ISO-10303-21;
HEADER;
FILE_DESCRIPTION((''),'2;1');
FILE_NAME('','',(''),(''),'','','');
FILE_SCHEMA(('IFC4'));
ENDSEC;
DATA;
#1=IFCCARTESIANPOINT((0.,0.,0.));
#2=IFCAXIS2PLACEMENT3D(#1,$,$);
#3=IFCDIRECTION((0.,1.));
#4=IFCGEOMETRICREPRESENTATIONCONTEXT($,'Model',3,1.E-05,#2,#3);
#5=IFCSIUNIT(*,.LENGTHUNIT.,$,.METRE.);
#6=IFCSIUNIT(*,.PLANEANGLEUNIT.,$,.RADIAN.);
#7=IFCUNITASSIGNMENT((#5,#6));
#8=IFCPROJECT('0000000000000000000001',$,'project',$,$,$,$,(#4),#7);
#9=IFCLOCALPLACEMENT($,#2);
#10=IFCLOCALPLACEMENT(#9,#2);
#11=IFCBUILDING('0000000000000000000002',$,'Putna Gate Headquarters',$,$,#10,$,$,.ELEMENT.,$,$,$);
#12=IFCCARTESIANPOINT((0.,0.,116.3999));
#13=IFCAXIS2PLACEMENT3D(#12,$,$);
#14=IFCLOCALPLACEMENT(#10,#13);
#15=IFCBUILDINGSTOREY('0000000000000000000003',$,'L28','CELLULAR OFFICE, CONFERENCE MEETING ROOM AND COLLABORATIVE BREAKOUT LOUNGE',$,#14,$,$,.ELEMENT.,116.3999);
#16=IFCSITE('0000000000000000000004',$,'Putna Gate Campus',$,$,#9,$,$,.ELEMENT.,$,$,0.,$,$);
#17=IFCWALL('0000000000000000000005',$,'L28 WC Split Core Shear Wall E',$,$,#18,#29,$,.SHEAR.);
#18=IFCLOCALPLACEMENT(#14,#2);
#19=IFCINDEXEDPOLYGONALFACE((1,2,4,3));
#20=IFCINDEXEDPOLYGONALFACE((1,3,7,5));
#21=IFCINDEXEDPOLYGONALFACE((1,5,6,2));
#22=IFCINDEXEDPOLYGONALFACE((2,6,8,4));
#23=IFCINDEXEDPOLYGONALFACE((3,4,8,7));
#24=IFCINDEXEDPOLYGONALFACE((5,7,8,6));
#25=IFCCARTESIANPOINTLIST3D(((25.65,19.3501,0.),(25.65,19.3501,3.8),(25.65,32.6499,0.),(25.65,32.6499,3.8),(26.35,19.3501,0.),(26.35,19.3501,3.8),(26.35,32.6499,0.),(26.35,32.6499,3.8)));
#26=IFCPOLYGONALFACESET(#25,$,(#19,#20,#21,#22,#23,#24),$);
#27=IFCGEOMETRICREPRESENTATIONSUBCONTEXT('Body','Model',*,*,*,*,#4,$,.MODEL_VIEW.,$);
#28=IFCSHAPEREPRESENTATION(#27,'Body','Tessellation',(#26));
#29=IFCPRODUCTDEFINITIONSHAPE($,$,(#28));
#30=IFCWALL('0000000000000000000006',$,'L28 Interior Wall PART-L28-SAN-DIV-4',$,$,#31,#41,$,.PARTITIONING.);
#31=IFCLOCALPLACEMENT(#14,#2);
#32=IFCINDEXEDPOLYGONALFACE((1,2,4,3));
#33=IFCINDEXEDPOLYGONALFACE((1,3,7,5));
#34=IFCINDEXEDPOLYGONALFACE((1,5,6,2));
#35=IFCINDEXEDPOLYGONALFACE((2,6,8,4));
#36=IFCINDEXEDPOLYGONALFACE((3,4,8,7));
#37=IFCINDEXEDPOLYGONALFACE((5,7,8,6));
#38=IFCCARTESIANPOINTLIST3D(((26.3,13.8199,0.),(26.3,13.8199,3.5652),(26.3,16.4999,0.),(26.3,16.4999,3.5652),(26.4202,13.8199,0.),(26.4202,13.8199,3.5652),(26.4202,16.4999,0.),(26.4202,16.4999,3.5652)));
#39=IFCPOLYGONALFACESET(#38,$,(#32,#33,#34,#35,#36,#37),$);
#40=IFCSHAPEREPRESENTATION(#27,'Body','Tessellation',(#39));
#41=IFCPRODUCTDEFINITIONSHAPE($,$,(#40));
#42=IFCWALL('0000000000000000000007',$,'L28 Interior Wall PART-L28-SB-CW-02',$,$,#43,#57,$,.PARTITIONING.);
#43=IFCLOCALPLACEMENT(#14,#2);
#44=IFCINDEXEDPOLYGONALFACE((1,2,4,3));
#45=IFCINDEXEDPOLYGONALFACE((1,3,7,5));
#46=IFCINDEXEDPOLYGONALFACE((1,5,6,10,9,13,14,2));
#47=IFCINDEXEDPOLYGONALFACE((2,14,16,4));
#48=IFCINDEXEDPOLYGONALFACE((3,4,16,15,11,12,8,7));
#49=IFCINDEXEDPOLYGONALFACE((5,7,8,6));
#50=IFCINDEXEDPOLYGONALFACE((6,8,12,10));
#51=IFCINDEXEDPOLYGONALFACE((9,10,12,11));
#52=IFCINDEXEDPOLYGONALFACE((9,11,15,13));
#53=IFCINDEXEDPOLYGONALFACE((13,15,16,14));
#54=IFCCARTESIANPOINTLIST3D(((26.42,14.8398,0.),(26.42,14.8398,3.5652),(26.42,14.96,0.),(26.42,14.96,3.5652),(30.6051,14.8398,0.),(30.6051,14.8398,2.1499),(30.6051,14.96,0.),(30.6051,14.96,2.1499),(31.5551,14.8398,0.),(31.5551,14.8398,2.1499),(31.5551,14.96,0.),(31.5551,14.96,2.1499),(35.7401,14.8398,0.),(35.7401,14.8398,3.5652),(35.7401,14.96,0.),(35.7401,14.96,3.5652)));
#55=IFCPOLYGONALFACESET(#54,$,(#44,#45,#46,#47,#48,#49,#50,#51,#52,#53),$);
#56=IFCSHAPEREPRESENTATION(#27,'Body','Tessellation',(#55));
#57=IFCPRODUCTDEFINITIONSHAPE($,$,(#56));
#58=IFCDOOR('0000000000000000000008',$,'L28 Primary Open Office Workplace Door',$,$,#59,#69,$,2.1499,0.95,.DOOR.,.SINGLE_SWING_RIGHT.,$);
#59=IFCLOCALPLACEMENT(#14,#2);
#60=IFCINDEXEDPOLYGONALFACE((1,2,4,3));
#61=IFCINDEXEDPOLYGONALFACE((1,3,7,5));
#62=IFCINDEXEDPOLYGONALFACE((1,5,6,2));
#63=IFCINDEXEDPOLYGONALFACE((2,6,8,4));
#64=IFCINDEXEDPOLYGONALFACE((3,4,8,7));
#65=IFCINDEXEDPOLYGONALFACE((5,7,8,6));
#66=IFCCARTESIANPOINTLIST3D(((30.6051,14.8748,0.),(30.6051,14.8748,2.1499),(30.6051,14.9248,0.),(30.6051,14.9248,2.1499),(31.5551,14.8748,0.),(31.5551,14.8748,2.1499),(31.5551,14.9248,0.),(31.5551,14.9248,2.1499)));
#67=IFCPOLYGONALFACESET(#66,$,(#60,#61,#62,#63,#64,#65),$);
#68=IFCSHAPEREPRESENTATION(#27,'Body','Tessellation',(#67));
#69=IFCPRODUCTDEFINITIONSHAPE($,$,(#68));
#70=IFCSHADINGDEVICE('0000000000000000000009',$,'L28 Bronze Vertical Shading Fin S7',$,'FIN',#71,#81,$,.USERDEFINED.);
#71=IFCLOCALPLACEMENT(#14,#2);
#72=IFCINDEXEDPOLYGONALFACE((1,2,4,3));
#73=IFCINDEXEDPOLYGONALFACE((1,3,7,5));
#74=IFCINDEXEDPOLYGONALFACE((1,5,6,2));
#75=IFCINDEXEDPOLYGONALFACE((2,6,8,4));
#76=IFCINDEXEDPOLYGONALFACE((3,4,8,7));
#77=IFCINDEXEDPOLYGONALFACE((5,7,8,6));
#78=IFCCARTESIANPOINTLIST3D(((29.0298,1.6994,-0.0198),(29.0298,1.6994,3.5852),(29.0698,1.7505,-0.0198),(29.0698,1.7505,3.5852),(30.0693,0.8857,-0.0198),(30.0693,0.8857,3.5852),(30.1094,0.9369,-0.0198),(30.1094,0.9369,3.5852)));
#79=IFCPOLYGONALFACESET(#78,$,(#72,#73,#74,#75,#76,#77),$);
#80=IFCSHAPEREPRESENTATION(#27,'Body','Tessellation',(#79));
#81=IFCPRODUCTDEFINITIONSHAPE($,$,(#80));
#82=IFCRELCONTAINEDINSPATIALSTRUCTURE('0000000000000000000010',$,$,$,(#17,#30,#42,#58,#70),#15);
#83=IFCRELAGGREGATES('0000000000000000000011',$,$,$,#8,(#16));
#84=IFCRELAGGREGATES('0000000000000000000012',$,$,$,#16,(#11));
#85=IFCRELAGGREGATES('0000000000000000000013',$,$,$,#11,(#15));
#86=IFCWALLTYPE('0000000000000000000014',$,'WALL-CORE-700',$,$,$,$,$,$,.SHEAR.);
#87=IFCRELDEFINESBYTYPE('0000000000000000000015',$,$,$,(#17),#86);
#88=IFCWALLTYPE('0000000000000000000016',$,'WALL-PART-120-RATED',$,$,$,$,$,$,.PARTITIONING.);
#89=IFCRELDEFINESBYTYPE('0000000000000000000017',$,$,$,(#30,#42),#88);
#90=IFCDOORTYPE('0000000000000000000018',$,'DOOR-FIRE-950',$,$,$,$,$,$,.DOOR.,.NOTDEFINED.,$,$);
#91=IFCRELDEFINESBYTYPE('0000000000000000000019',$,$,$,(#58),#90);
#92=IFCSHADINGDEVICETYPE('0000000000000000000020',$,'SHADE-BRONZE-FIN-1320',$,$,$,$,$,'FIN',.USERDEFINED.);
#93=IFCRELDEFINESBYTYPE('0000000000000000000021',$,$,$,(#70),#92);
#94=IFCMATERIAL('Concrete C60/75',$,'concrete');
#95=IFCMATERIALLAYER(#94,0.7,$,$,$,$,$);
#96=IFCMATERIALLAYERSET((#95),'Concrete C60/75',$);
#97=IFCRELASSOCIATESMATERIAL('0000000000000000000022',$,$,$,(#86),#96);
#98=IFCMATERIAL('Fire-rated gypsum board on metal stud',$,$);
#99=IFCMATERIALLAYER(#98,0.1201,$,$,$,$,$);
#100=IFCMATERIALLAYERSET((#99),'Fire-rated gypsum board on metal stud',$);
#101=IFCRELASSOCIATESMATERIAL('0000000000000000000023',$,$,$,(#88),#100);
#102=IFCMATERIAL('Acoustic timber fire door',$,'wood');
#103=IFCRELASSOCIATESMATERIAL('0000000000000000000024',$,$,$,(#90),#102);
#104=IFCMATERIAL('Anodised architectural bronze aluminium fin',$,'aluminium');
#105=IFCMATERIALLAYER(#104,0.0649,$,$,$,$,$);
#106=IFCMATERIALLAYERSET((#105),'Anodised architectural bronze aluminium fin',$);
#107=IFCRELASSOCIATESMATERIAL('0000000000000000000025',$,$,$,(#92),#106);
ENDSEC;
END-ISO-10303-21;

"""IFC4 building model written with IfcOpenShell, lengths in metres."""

from ifc_helpers import new_model, si_unit, direction, frame, frame_2d, origin, origin_2d, place, context, subcontext, project, spatial, rectangle, extrude, material, layer, layer_set, type_object, element, fill, save


model = new_model("IFC4")

# Units and contexts
model_context = context("Model", 3, precision=1e-05, world=origin(), true_north=direction((0.0, 1.0)))
body_context = subcontext(model_context, "Body", "Model", "MODEL_VIEW")
ifc_project = project(units=[si_unit("LENGTHUNIT", "METRE"), si_unit("PLANEANGLEUNIT", "RADIAN")], contexts=[model_context])

# Site, building, storey
site_placement = place(None, origin())
site = spatial("IfcSite", under=ifc_project, at=site_placement, Name="Putna Gate Campus", CompositionType="ELEMENT", RefElevation=0.0)
building_placement = place(site_placement, origin())
building = spatial("IfcBuilding", under=site, at=building_placement, Name="Putna Gate Headquarters", CompositionType="ELEMENT")
storey_placement = place(building_placement, frame((0.0, 0.0, 116.3999)))
storey = spatial("IfcBuildingStorey", under=building, at=storey_placement, Name="L28", Description="CELLULAR OFFICE, CONFERENCE MEETING ROOM AND COLLABORATIVE BREAKOUT LOUNGE", CompositionType="ELEMENT", Elevation=116.3999)

# Shared definitions
ifc_material_1 = material(Name="Concrete C60/75", Category="concrete")

# Walls
ifc_layer_1 = layer(ifc_material_1, 0.7)
ifc_layer_set_1 = layer_set([ifc_layer_1], Name="Concrete C60/75")
wall_type_1 = type_object("IfcWallType", Name="WALL-CORE-700", PredefinedType="SHEAR", material=ifc_layer_set_1)
wall_1_placement = place(storey_placement, frame((26.0, 19.3501, 0.0), z_axis=(0.0, 0.0, 1.0), x_axis=(0.0, 1.0, 0.0)))
element("IfcWall", 1, at=wall_1_placement, inside=storey, type_object=wall_type_1, Name="L28 WC Split Core Shear Wall E", PredefinedType="SHEAR", context=body_context, shape_type="SweptSolid", body=[
    extrude(rectangle(XDim=13.2998, YDim=0.7, at=frame_2d((6.6499, 0.0))), origin(), (0.0, 0.0, 1.0), 3.8),
])
ifc_material_2 = material(Name="Fire-rated gypsum board on metal stud")
ifc_layer_2 = layer(ifc_material_2, 0.1201)
ifc_layer_set_2 = layer_set([ifc_layer_2], Name="Fire-rated gypsum board on metal stud")
wall_type_2 = type_object("IfcWallType", Name="WALL-PART-120-RATED", PredefinedType="PARTITIONING", material=ifc_layer_set_2)
wall_2_placement = place(storey_placement, frame((26.3601, 13.8201, 0.0), z_axis=(0.0, 0.0, 1.0), x_axis=(0.0, 1.0, 0.0)))
element("IfcWall", 2, at=wall_2_placement, inside=storey, type_object=wall_type_2, Name="L28 Interior Wall PART-L28-SAN-DIV-4", PredefinedType="PARTITIONING", context=body_context, shape_type="SweptSolid", body=[
    extrude(rectangle(XDim=2.6799, YDim=0.1201, at=frame_2d((1.3398, 0.0))), origin(), (0.0, 0.0, 1.0), 3.5652),
])

# Wall, opening, door
wall_3_placement = place(storey_placement, frame((26.4199, 14.8999, 0.0), z_axis=(0.0, 0.0, 1.0), x_axis=(1.0, 0.0, 0.0)))
wall_3 = element("IfcWall", 3, at=wall_3_placement, inside=storey, type_object=wall_type_2, Name="L28 Interior Wall PART-L28-SB-CW-02", PredefinedType="PARTITIONING", context=body_context, shape_type="SweptSolid", body=[
    extrude(rectangle(XDim=9.3201, YDim=0.1201, at=frame_2d((4.6602, 0.0))), origin(), (0.0, 0.0, 1.0), 3.5652),
])
opening_placement = place(wall_3_placement, frame((4.1851, 0.0, 0.0)))
opening = element("IfcOpeningElement", 4, at=opening_placement, cuts=wall_3, PredefinedType="OPENING", context=body_context, shape_type="SweptSolid", body=[
    extrude(rectangle(XDim=0.95, YDim=2.1499, at=frame_2d((0.4751, 1.075))), frame((0.0, 0.0701, 0.0), z_axis=(0.0, -1.0, 0.0), x_axis=(1.0, 0.0, 0.0)), (0.0, 0.0, 1.0), 0.1401),
])
ifc_material_3 = material(Name="Acoustic timber fire door", Category="wood")
door_type = type_object("IfcDoorType", Name="DOOR-FIRE-950", OperationType="NOTDEFINED", PredefinedType="DOOR", material=ifc_material_3)
door_placement = place(opening_placement, origin())
door = element("IfcDoor", 5, at=door_placement, inside=storey, type_object=door_type, Name="L28 Primary Open Office Workplace Door", OperationType="SINGLE_SWING_RIGHT", OverallHeight=2.1499, OverallWidth=0.95, PredefinedType="DOOR", context=body_context, shape_type="SweptSolid", body=[
    extrude(rectangle(XDim=0.95, YDim=2.1499, at=frame_2d((0.4751, 1.075))), frame((0.0, 0.0249, 0.0), z_axis=(0.0, -1.0, 0.0), x_axis=(1.0, 0.0, 0.0)), (0.0, 0.0, 1.0), 0.05),
])
fill(opening, door)

# Shading device
ifc_material_4 = material(Name="Anodised architectural bronze aluminium fin", Category="aluminium")
ifc_layer_3 = layer(ifc_material_4, 0.0649)
ifc_layer_set_3 = layer_set([ifc_layer_3], Name="Anodised architectural bronze aluminium fin")
shading_device_type = type_object("IfcShadingDeviceType", Name="SHADE-BRONZE-FIN-1320", ElementType="FIN", PredefinedType="USERDEFINED", material=ifc_layer_set_3)
shading_device_placement = place(storey_placement, frame((29.5696, 1.3181, -0.0198), z_axis=(0.0, 0.0, 1.0), x_axis=(0.787473, -0.616349, 0.0)))
element("IfcShadingDevice", 6, at=shading_device_placement, inside=storey, type_object=shading_device_type, Name="L28 Bronze Vertical Shading Fin S7", ObjectType="FIN", PredefinedType="USERDEFINED", context=body_context, shape_type="SweptSolid", body=[
    extrude(rectangle(XDim=1.3201, YDim=0.0649, at=origin_2d()), origin(), (0.0, 0.0, 1.0), 3.605),
])

save(model, "model.ifc")
